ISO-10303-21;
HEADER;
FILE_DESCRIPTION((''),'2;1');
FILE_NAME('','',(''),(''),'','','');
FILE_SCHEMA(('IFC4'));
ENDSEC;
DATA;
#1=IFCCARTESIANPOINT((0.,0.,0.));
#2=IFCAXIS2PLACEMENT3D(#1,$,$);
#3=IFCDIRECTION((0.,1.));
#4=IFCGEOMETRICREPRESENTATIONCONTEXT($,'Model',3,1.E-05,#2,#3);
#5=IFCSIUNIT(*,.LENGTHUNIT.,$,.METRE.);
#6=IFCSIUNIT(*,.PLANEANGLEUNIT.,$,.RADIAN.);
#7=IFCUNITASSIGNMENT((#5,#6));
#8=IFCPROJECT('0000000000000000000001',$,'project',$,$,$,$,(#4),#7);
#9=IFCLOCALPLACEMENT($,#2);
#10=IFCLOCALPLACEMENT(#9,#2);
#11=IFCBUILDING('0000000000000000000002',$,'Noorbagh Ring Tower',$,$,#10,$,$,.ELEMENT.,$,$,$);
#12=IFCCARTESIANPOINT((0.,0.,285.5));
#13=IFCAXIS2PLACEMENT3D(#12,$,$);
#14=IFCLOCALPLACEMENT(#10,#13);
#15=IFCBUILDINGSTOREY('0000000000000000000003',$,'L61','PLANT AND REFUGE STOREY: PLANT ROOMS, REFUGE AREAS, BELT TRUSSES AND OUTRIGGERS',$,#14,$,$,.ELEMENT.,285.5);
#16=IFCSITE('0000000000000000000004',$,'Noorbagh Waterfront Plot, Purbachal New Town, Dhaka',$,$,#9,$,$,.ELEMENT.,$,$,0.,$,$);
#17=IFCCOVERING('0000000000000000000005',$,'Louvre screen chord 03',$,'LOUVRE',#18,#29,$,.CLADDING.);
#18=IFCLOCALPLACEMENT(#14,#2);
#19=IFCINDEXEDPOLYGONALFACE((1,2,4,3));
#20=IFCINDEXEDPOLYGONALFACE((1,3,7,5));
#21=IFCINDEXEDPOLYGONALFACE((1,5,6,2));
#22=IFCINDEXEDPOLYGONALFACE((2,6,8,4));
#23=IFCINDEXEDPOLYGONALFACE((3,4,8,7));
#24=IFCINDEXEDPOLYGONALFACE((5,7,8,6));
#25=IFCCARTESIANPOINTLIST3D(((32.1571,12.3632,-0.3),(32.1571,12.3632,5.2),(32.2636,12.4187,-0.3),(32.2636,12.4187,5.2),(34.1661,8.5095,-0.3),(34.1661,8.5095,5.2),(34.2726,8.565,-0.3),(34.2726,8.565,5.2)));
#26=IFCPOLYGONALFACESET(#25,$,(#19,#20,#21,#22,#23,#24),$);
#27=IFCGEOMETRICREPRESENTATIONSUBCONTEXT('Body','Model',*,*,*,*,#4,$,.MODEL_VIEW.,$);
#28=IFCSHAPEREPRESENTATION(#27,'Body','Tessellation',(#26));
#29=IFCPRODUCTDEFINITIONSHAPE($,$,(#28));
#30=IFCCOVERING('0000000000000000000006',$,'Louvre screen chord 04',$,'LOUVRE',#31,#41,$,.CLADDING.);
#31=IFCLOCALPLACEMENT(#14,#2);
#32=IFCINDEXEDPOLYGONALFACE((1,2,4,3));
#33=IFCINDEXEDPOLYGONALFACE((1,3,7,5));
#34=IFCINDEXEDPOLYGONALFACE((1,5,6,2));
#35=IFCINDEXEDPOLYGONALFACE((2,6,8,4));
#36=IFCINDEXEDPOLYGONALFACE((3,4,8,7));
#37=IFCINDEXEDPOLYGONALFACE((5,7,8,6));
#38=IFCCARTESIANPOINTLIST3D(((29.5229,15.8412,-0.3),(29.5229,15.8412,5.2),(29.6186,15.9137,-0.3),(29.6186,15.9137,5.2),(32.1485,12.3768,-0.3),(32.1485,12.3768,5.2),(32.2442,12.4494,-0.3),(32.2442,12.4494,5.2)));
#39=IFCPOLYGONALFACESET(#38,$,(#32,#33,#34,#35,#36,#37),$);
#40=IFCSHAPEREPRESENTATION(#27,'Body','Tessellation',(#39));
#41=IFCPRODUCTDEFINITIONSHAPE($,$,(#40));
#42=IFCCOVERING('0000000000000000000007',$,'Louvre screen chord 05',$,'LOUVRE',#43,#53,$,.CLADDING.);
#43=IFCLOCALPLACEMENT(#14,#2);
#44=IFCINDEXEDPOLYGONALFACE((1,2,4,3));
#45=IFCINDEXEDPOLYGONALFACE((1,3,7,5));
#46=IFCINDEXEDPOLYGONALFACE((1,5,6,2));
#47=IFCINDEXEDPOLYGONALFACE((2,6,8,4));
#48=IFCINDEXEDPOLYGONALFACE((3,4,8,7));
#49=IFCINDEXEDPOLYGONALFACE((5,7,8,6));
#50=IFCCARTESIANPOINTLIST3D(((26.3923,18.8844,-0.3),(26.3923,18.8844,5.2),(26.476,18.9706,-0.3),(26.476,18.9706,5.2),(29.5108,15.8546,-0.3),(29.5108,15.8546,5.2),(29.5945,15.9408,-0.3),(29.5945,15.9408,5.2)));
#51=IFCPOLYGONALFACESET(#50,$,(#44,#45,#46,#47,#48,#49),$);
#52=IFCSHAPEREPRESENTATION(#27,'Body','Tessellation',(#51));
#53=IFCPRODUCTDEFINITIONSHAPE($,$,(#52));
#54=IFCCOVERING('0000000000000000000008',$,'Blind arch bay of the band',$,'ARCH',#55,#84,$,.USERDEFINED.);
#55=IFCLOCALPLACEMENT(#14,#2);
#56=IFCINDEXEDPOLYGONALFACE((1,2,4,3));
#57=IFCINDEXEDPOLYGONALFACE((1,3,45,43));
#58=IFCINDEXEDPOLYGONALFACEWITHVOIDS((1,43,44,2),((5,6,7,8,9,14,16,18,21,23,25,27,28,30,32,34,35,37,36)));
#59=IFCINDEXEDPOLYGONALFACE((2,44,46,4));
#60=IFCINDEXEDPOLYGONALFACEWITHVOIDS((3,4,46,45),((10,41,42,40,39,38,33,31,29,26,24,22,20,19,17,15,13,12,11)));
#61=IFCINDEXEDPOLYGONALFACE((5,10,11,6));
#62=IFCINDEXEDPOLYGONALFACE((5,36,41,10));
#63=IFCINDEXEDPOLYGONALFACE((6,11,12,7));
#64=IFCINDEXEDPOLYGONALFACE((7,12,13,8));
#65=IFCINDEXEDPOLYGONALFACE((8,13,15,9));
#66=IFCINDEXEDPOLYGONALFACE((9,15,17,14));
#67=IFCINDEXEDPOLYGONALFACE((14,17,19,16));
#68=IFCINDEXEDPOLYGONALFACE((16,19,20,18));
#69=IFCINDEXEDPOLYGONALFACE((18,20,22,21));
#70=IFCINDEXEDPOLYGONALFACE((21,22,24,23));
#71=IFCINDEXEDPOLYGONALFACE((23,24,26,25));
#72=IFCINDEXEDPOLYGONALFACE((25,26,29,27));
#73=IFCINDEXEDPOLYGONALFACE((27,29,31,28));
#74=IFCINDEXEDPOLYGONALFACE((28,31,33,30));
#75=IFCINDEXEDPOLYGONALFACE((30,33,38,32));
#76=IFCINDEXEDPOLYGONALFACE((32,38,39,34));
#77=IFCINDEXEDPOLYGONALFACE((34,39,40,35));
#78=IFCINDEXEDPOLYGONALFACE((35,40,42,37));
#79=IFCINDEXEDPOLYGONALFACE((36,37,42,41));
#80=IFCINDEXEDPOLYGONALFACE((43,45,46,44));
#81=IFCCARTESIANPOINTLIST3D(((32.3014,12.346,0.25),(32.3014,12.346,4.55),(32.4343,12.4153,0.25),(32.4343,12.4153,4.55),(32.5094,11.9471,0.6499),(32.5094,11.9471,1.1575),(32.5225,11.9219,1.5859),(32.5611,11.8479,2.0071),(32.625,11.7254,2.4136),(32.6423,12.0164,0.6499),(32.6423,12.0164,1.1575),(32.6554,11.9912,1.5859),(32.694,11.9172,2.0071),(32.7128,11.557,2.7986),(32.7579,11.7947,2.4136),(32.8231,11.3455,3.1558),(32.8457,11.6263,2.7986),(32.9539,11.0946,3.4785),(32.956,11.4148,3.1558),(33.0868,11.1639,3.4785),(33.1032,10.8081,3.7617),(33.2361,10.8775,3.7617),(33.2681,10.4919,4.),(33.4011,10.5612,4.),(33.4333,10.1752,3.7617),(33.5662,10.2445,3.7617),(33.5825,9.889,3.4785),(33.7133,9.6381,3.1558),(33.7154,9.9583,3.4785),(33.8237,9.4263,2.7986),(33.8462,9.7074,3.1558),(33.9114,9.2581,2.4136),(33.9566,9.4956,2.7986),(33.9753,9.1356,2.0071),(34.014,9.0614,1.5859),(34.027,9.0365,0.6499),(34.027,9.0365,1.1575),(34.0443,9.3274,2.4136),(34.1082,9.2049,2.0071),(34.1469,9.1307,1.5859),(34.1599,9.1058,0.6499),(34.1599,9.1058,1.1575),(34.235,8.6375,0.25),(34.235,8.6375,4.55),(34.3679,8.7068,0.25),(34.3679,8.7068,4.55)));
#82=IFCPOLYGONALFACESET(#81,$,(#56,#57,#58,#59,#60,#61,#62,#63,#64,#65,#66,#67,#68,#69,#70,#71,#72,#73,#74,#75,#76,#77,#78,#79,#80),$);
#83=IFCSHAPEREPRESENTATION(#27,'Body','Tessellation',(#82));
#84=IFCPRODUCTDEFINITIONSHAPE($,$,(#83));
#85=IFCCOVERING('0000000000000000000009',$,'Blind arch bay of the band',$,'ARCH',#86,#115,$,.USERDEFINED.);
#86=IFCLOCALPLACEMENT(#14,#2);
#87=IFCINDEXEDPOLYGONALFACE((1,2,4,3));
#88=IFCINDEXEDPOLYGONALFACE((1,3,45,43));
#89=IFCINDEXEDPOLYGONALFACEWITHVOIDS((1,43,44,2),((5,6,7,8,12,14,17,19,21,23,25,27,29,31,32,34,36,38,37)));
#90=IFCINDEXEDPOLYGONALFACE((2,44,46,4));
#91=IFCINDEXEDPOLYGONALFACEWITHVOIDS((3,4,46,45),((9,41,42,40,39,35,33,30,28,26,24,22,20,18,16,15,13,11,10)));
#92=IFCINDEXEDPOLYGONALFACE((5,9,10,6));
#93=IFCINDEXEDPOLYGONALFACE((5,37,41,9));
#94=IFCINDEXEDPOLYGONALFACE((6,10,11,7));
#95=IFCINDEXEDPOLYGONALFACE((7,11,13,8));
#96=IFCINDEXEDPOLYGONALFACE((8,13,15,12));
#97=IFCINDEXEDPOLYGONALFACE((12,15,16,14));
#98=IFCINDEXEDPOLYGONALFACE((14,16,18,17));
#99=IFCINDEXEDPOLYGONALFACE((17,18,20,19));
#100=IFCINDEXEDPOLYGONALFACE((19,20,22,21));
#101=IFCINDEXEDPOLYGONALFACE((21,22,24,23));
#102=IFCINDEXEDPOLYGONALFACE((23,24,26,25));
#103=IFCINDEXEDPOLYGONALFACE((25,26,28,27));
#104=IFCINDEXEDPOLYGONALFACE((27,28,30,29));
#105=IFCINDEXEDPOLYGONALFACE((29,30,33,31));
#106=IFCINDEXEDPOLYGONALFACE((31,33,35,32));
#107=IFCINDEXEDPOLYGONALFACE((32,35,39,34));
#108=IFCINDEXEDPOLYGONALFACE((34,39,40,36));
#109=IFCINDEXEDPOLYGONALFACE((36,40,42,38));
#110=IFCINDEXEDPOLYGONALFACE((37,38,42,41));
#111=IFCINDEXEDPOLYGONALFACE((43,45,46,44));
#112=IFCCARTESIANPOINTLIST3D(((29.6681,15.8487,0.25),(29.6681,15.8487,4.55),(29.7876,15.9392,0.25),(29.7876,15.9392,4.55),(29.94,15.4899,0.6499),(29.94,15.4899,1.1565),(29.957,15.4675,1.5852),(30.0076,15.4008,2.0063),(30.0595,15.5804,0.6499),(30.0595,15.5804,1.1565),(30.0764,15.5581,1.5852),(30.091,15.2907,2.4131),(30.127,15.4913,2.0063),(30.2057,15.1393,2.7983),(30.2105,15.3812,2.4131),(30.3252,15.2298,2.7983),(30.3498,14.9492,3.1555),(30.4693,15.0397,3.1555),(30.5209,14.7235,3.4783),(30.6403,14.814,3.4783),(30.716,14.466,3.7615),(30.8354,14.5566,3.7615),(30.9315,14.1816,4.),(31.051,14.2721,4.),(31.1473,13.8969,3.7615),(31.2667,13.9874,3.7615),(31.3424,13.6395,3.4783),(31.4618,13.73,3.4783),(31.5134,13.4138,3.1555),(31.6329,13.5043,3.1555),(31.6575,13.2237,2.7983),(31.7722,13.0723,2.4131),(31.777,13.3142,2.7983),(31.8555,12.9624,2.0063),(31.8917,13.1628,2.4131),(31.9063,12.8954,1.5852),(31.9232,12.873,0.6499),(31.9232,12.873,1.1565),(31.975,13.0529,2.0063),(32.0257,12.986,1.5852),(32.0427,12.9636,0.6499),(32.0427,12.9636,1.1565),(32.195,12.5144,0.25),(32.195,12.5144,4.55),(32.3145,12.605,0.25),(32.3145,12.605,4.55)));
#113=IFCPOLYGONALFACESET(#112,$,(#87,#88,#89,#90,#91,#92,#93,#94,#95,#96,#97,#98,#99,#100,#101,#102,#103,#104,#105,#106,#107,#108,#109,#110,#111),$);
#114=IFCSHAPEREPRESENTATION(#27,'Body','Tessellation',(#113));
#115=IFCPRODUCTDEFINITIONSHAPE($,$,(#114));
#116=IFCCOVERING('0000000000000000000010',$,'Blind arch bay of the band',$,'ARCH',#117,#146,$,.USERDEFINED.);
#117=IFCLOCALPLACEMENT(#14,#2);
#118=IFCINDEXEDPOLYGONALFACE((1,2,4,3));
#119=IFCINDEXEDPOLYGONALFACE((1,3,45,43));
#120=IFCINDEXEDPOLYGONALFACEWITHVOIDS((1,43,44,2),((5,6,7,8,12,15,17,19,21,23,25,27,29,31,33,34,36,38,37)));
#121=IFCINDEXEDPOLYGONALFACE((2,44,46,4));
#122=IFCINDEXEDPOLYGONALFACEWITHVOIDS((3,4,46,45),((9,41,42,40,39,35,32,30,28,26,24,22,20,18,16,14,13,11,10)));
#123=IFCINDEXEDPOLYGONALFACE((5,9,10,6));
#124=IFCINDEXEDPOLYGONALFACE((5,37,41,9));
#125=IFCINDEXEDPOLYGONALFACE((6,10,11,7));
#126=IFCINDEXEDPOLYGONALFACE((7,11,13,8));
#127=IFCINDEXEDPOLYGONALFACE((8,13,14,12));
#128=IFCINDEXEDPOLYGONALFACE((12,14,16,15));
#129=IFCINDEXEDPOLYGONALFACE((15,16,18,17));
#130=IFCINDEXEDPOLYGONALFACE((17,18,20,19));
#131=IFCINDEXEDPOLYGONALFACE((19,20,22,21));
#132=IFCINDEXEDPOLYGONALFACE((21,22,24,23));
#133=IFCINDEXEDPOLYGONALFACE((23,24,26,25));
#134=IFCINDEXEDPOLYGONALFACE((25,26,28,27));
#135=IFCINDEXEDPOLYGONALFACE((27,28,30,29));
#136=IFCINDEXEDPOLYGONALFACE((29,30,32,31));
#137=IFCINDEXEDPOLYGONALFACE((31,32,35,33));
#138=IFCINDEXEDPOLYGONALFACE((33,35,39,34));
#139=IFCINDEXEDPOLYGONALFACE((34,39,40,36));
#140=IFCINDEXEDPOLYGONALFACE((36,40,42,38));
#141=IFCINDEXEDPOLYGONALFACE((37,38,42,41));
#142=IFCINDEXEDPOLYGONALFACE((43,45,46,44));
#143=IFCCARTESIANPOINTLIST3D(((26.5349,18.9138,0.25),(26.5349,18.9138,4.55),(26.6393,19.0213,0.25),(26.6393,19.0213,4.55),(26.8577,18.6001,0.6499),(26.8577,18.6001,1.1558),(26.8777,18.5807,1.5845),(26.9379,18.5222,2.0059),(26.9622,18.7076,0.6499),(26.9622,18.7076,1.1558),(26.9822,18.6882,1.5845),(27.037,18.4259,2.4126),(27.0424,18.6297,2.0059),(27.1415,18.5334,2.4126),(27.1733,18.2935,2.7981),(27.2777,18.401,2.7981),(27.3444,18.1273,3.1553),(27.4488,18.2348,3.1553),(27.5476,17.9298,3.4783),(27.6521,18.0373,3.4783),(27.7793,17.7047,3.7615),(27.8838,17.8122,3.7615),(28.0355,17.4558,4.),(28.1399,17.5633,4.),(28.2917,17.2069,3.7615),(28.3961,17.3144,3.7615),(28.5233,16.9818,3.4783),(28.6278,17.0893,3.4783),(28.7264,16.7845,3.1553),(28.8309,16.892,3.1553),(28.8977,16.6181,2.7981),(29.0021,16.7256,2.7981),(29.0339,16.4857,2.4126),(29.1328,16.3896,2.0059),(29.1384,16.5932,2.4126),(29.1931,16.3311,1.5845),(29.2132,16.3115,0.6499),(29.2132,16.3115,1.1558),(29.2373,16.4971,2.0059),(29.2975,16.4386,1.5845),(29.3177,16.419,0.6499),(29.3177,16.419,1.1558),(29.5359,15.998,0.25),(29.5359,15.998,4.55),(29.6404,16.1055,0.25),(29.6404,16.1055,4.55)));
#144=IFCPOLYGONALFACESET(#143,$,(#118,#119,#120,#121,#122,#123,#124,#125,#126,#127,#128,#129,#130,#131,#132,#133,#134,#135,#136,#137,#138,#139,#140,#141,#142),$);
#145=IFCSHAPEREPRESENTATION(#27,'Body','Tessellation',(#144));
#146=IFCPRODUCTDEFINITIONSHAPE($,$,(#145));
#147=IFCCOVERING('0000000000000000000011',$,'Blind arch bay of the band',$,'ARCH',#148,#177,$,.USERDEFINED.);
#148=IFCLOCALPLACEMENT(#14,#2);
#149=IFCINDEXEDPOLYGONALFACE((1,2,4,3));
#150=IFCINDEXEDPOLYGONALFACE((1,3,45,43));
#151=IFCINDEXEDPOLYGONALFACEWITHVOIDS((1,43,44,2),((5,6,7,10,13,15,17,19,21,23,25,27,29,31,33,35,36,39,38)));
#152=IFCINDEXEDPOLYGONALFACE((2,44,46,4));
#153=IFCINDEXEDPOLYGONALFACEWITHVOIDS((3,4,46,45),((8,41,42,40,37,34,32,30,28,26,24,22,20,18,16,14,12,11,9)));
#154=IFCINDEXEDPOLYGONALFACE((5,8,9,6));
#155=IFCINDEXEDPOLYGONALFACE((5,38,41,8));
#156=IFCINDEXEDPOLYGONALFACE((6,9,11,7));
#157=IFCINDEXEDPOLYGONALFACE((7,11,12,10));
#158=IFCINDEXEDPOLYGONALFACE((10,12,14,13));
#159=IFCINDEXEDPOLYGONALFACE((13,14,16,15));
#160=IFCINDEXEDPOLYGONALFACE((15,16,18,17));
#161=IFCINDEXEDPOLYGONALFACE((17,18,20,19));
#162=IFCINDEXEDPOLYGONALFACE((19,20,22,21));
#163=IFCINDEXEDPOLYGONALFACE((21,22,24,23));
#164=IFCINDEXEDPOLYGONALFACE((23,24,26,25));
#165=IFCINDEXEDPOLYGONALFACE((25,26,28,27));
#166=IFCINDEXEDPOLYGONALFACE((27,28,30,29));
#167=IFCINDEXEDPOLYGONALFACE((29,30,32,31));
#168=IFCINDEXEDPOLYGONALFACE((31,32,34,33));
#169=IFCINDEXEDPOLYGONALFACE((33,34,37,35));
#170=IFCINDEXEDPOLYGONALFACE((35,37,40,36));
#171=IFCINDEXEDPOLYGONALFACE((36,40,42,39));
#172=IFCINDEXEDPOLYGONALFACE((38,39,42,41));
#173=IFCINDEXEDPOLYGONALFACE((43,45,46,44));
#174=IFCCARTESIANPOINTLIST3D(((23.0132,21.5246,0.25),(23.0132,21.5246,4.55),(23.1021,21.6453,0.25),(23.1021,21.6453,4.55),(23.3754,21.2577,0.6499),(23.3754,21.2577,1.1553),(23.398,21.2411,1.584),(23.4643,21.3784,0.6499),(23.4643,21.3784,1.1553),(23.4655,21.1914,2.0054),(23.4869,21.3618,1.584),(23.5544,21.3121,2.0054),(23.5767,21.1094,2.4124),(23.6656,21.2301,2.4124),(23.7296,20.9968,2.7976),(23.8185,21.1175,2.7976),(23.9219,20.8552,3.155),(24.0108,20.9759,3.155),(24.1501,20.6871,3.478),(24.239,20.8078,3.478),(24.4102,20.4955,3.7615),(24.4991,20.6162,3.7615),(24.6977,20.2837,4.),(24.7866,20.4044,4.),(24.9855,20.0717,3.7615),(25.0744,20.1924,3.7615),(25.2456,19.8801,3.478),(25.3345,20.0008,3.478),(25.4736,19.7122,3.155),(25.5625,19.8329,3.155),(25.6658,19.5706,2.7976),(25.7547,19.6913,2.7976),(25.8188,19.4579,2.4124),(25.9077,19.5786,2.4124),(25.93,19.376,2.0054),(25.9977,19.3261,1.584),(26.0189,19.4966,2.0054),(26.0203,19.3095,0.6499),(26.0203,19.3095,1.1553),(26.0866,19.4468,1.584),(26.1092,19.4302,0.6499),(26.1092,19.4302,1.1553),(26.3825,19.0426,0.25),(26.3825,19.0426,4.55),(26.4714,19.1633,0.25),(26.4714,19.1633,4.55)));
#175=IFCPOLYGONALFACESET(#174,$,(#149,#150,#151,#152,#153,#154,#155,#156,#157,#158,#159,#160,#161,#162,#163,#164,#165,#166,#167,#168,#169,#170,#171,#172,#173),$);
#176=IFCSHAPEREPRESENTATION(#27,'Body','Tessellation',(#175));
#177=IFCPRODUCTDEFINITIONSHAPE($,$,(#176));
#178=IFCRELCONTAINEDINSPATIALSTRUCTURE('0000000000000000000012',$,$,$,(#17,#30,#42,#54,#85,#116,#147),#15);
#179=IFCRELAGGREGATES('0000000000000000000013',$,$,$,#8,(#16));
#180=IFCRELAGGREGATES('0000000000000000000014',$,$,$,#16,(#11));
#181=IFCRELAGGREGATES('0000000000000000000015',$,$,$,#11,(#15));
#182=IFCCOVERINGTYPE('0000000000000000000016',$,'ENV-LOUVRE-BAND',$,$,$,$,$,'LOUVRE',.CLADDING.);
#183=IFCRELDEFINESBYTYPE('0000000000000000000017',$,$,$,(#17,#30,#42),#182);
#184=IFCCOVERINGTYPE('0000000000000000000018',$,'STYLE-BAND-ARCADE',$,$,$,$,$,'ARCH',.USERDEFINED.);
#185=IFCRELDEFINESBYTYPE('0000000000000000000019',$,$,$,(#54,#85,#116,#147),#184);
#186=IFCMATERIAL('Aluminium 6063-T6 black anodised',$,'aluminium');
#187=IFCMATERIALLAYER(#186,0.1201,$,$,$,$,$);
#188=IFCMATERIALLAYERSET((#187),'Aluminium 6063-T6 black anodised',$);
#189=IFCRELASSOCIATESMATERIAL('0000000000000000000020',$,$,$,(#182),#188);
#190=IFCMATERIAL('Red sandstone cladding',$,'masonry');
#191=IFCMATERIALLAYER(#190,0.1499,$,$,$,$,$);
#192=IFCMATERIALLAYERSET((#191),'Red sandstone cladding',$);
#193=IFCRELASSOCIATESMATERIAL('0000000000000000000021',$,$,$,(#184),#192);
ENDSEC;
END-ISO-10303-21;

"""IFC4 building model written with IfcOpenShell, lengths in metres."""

from ifc_helpers import new_model, si_unit, direction, frame, origin, origin_2d, place, context, subcontext, project, spatial, polyline, rectangle, outline, extrude, material, layer, layer_set, type_object, element, save


model = new_model("IFC4")

# Units and contexts
model_context = context("Model", 3, precision=1e-05, world=origin(), true_north=direction((0.0, 1.0)))
body_context = subcontext(model_context, "Body", "Model", "MODEL_VIEW")
ifc_project = project(units=[si_unit("LENGTHUNIT", "METRE"), si_unit("PLANEANGLEUNIT", "RADIAN")], contexts=[model_context])

# Site, building, storey
site_placement = place(None, origin())
site = spatial("IfcSite", under=ifc_project, at=site_placement, Name="Noorbagh Waterfront Plot, Purbachal New Town, Dhaka", CompositionType="ELEMENT", RefElevation=0.0)
building_placement = place(site_placement, origin())
building = spatial("IfcBuilding", under=site, at=building_placement, Name="Noorbagh Ring Tower", CompositionType="ELEMENT")
storey_placement = place(building_placement, frame((0.0, 0.0, 285.5)))
storey = spatial("IfcBuildingStorey", under=building, at=storey_placement, Name="L61", Description="PLANT AND REFUGE STOREY: PLANT ROOMS, REFUGE AREAS, BELT TRUSSES AND OUTRIGGERS", CompositionType="ELEMENT", Elevation=285.5)

# Coverings
ifc_material_1 = material(Name="Aluminium 6063-T6 black anodised", Category="aluminium")
ifc_layer_1 = layer(ifc_material_1, 0.1201)
ifc_layer_set_1 = layer_set([ifc_layer_1], Name="Aluminium 6063-T6 black anodised")
covering_type_1 = type_object("IfcCoveringType", Name="ENV-LOUVRE-BAND", ElementType="LOUVRE", PredefinedType="CLADDING", material=ifc_layer_set_1)
covering_1_placement = place(storey_placement, frame((33.2148, 10.4641, -0.3), z_axis=(0.0, 0.0, 1.0), x_axis=(-0.462278, 0.886735, 0.0)))
element("IfcCovering", 1, at=covering_1_placement, inside=storey, type_object=covering_type_1, Name="Louvre screen chord 03", ObjectType="LOUVRE", PredefinedType="CLADDING", context=body_context, shape_type="SweptSolid", body=[
    extrude(rectangle(XDim=4.3459, YDim=0.1201, at=origin_2d()), origin(), (0.0, 0.0, 1.0), 5.5),
])
covering_2_placement = place(storey_placement, frame((30.8835, 14.1453, -0.3), z_axis=(0.0, 0.0, 1.0), x_axis=(-0.60402, 0.796969, 0.0)))
element("IfcCovering", 2, at=covering_2_placement, inside=storey, type_object=covering_type_1, Name="Louvre screen chord 04", ObjectType="LOUVRE", PredefinedType="CLADDING", context=body_context, shape_type="SweptSolid", body=[
    extrude(rectangle(XDim=4.3469, YDim=0.1201, at=origin_2d()), origin(), (0.0, 0.0, 1.0), 5.5),
])
covering_3_placement = place(storey_placement, frame((27.9934, 17.4126, -0.3), z_axis=(0.0, 0.0, 1.0), x_axis=(-0.717225, 0.696842, 0.0)))
element("IfcCovering", 3, at=covering_3_placement, inside=storey, type_object=covering_type_1, Name="Louvre screen chord 05", ObjectType="LOUVRE", PredefinedType="CLADDING", context=body_context, shape_type="SweptSolid", body=[
    extrude(rectangle(XDim=4.3479, YDim=0.1201, at=origin_2d()), origin(), (0.0, 0.0, 1.0), 5.5),
])
ifc_material_2 = material(Name="Red sandstone cladding", Category="masonry")
ifc_layer_2 = layer(ifc_material_2, 0.1499)
ifc_layer_set_2 = layer_set([ifc_layer_2], Name="Red sandstone cladding")
covering_type_2 = type_object("IfcCoveringType", Name="STYLE-BAND-ARCADE", ElementType="ARCH", PredefinedType="USERDEFINED", material=ifc_layer_set_2)
covering_4_placement = place(storey_placement, frame((34.3679, 8.7068, 0.25), z_axis=(0.88671, 0.462327, 0.0), x_axis=(-0.462327, 0.88671, 0.0)))
element("IfcCovering", 4, at=covering_4_placement, inside=storey, type_object=covering_type_2, Name="Blind arch bay of the band", ObjectType="ARCH", PredefinedType="USERDEFINED", context=body_context, shape_type="SweptSolid", body=[
    extrude(outline(polyline([(0.0, 0.0), (4.1824, 0.0), (4.1824, 4.3), (0.0, 4.3), (0.0, 0.0)]), holes=[polyline([(0.45, 0.3999), (0.45, 0.9075), (0.478, 1.3359), (0.5618, 1.7571), (0.7, 2.1636), (0.8896, 2.5486), (1.1284, 2.9058), (1.4114, 3.2285), (1.7341, 3.5117), (2.0913, 3.75), (2.448, 3.5117), (2.771, 3.2285), (3.054, 2.9058), (3.2925, 2.5486), (3.4824, 2.1636), (3.6206, 1.7571), (3.7041, 1.3359), (3.7324, 0.9075), (3.7324, 0.3999), (0.45, 0.3999)])]), origin(), (0.0, 0.0, -1.0), 0.1499),
])
covering_5_placement = place(storey_placement, frame((32.3145, 12.605, 0.25), z_axis=(0.796986, 0.603998, 0.0), x_axis=(-0.603998, 0.796986, 0.0)))
element("IfcCovering", 5, at=covering_5_placement, inside=storey, type_object=covering_type_2, Name="Blind arch bay of the band", ObjectType="ARCH", PredefinedType="USERDEFINED", context=body_context, shape_type="SweptSolid", body=[
    extrude(outline(polyline([(0.0, 0.0), (4.1836, 0.0), (4.1836, 4.3), (0.0, 4.3), (0.0, 0.0)]), holes=[polyline([(0.45, 0.3999), (0.45, 0.9065), (0.478, 1.3352), (0.562, 1.7563), (0.7, 2.1631), (0.8899, 2.5483), (1.1284, 2.9055), (1.4116, 3.2283), (1.7346, 3.5115), (2.0918, 3.75), (2.4487, 3.5115), (2.7717, 3.2283), (3.0549, 2.9055), (3.2935, 2.5483), (3.4834, 2.1631), (3.6216, 1.7563), (3.7053, 1.3352), (3.7334, 0.9065), (3.7334, 0.3999), (0.45, 0.3999)])]), origin(), (0.0, 0.0, -1.0), 0.1499),
])
covering_6_placement = place(storey_placement, frame((29.6404, 16.1055, 0.25), z_axis=(0.696852, 0.717215, 0.0), x_axis=(-0.717215, 0.696852, 0.0)))
element("IfcCovering", 6, at=covering_6_placement, inside=storey, type_object=covering_type_2, Name="Blind arch bay of the band", ObjectType="ARCH", PredefinedType="USERDEFINED", context=body_context, shape_type="SweptSolid", body=[
    extrude(outline(polyline([(0.0, 0.0), (4.1843, 0.0), (4.1843, 4.3), (0.0, 4.3), (0.0, 0.0)]), holes=[polyline([(0.45, 0.3999), (0.45, 0.9058), (0.478, 1.3345), (0.562, 1.7559), (0.7, 2.1626), (0.8899, 2.5481), (1.1287, 2.9053), (1.4119, 3.2283), (1.7349, 3.5115), (2.092, 3.75), (2.4492, 3.5115), (2.7722, 3.2283), (3.0557, 2.9053), (3.2942, 2.5481), (3.4841, 2.1626), (3.6223, 1.7559), (3.7063, 1.3345), (3.7341, 0.9058), (3.7341, 0.3999), (0.45, 0.3999)])]), origin(), (0.0, 0.0, -1.0), 0.1499),
])
covering_7_placement = place(storey_placement, frame((26.4714, 19.1633, 0.25), z_axis=(0.59308, 0.805144, 0.0), x_axis=(-0.805144, 0.59308, 0.0)))
element("IfcCovering", 7, at=covering_7_placement, inside=storey, type_object=covering_type_2, Name="Blind arch bay of the band", ObjectType="ARCH", PredefinedType="USERDEFINED", context=body_context, shape_type="SweptSolid", body=[
    extrude(outline(polyline([(0.0, 0.0), (4.1848, 0.0), (4.1848, 4.3), (0.0, 4.3), (0.0, 0.0)]), holes=[polyline([(0.45, 0.3999), (0.45, 0.9053), (0.478, 1.334), (0.562, 1.7554), (0.7002, 2.1624), (0.8901, 2.5476), (1.1289, 2.905), (1.4121, 3.228), (1.7351, 3.5115), (2.0925, 3.75), (2.4497, 3.5115), (2.7727, 3.228), (3.0562, 2.905), (3.2949, 2.5476), (3.4849, 2.1624), (3.623, 1.7554), (3.7068, 1.334), (3.7349, 0.9053), (3.7349, 0.3999), (0.45, 0.3999)])]), origin(), (0.0, 0.0, -1.0), 0.1499),
])

save(model, "model.ifc")
